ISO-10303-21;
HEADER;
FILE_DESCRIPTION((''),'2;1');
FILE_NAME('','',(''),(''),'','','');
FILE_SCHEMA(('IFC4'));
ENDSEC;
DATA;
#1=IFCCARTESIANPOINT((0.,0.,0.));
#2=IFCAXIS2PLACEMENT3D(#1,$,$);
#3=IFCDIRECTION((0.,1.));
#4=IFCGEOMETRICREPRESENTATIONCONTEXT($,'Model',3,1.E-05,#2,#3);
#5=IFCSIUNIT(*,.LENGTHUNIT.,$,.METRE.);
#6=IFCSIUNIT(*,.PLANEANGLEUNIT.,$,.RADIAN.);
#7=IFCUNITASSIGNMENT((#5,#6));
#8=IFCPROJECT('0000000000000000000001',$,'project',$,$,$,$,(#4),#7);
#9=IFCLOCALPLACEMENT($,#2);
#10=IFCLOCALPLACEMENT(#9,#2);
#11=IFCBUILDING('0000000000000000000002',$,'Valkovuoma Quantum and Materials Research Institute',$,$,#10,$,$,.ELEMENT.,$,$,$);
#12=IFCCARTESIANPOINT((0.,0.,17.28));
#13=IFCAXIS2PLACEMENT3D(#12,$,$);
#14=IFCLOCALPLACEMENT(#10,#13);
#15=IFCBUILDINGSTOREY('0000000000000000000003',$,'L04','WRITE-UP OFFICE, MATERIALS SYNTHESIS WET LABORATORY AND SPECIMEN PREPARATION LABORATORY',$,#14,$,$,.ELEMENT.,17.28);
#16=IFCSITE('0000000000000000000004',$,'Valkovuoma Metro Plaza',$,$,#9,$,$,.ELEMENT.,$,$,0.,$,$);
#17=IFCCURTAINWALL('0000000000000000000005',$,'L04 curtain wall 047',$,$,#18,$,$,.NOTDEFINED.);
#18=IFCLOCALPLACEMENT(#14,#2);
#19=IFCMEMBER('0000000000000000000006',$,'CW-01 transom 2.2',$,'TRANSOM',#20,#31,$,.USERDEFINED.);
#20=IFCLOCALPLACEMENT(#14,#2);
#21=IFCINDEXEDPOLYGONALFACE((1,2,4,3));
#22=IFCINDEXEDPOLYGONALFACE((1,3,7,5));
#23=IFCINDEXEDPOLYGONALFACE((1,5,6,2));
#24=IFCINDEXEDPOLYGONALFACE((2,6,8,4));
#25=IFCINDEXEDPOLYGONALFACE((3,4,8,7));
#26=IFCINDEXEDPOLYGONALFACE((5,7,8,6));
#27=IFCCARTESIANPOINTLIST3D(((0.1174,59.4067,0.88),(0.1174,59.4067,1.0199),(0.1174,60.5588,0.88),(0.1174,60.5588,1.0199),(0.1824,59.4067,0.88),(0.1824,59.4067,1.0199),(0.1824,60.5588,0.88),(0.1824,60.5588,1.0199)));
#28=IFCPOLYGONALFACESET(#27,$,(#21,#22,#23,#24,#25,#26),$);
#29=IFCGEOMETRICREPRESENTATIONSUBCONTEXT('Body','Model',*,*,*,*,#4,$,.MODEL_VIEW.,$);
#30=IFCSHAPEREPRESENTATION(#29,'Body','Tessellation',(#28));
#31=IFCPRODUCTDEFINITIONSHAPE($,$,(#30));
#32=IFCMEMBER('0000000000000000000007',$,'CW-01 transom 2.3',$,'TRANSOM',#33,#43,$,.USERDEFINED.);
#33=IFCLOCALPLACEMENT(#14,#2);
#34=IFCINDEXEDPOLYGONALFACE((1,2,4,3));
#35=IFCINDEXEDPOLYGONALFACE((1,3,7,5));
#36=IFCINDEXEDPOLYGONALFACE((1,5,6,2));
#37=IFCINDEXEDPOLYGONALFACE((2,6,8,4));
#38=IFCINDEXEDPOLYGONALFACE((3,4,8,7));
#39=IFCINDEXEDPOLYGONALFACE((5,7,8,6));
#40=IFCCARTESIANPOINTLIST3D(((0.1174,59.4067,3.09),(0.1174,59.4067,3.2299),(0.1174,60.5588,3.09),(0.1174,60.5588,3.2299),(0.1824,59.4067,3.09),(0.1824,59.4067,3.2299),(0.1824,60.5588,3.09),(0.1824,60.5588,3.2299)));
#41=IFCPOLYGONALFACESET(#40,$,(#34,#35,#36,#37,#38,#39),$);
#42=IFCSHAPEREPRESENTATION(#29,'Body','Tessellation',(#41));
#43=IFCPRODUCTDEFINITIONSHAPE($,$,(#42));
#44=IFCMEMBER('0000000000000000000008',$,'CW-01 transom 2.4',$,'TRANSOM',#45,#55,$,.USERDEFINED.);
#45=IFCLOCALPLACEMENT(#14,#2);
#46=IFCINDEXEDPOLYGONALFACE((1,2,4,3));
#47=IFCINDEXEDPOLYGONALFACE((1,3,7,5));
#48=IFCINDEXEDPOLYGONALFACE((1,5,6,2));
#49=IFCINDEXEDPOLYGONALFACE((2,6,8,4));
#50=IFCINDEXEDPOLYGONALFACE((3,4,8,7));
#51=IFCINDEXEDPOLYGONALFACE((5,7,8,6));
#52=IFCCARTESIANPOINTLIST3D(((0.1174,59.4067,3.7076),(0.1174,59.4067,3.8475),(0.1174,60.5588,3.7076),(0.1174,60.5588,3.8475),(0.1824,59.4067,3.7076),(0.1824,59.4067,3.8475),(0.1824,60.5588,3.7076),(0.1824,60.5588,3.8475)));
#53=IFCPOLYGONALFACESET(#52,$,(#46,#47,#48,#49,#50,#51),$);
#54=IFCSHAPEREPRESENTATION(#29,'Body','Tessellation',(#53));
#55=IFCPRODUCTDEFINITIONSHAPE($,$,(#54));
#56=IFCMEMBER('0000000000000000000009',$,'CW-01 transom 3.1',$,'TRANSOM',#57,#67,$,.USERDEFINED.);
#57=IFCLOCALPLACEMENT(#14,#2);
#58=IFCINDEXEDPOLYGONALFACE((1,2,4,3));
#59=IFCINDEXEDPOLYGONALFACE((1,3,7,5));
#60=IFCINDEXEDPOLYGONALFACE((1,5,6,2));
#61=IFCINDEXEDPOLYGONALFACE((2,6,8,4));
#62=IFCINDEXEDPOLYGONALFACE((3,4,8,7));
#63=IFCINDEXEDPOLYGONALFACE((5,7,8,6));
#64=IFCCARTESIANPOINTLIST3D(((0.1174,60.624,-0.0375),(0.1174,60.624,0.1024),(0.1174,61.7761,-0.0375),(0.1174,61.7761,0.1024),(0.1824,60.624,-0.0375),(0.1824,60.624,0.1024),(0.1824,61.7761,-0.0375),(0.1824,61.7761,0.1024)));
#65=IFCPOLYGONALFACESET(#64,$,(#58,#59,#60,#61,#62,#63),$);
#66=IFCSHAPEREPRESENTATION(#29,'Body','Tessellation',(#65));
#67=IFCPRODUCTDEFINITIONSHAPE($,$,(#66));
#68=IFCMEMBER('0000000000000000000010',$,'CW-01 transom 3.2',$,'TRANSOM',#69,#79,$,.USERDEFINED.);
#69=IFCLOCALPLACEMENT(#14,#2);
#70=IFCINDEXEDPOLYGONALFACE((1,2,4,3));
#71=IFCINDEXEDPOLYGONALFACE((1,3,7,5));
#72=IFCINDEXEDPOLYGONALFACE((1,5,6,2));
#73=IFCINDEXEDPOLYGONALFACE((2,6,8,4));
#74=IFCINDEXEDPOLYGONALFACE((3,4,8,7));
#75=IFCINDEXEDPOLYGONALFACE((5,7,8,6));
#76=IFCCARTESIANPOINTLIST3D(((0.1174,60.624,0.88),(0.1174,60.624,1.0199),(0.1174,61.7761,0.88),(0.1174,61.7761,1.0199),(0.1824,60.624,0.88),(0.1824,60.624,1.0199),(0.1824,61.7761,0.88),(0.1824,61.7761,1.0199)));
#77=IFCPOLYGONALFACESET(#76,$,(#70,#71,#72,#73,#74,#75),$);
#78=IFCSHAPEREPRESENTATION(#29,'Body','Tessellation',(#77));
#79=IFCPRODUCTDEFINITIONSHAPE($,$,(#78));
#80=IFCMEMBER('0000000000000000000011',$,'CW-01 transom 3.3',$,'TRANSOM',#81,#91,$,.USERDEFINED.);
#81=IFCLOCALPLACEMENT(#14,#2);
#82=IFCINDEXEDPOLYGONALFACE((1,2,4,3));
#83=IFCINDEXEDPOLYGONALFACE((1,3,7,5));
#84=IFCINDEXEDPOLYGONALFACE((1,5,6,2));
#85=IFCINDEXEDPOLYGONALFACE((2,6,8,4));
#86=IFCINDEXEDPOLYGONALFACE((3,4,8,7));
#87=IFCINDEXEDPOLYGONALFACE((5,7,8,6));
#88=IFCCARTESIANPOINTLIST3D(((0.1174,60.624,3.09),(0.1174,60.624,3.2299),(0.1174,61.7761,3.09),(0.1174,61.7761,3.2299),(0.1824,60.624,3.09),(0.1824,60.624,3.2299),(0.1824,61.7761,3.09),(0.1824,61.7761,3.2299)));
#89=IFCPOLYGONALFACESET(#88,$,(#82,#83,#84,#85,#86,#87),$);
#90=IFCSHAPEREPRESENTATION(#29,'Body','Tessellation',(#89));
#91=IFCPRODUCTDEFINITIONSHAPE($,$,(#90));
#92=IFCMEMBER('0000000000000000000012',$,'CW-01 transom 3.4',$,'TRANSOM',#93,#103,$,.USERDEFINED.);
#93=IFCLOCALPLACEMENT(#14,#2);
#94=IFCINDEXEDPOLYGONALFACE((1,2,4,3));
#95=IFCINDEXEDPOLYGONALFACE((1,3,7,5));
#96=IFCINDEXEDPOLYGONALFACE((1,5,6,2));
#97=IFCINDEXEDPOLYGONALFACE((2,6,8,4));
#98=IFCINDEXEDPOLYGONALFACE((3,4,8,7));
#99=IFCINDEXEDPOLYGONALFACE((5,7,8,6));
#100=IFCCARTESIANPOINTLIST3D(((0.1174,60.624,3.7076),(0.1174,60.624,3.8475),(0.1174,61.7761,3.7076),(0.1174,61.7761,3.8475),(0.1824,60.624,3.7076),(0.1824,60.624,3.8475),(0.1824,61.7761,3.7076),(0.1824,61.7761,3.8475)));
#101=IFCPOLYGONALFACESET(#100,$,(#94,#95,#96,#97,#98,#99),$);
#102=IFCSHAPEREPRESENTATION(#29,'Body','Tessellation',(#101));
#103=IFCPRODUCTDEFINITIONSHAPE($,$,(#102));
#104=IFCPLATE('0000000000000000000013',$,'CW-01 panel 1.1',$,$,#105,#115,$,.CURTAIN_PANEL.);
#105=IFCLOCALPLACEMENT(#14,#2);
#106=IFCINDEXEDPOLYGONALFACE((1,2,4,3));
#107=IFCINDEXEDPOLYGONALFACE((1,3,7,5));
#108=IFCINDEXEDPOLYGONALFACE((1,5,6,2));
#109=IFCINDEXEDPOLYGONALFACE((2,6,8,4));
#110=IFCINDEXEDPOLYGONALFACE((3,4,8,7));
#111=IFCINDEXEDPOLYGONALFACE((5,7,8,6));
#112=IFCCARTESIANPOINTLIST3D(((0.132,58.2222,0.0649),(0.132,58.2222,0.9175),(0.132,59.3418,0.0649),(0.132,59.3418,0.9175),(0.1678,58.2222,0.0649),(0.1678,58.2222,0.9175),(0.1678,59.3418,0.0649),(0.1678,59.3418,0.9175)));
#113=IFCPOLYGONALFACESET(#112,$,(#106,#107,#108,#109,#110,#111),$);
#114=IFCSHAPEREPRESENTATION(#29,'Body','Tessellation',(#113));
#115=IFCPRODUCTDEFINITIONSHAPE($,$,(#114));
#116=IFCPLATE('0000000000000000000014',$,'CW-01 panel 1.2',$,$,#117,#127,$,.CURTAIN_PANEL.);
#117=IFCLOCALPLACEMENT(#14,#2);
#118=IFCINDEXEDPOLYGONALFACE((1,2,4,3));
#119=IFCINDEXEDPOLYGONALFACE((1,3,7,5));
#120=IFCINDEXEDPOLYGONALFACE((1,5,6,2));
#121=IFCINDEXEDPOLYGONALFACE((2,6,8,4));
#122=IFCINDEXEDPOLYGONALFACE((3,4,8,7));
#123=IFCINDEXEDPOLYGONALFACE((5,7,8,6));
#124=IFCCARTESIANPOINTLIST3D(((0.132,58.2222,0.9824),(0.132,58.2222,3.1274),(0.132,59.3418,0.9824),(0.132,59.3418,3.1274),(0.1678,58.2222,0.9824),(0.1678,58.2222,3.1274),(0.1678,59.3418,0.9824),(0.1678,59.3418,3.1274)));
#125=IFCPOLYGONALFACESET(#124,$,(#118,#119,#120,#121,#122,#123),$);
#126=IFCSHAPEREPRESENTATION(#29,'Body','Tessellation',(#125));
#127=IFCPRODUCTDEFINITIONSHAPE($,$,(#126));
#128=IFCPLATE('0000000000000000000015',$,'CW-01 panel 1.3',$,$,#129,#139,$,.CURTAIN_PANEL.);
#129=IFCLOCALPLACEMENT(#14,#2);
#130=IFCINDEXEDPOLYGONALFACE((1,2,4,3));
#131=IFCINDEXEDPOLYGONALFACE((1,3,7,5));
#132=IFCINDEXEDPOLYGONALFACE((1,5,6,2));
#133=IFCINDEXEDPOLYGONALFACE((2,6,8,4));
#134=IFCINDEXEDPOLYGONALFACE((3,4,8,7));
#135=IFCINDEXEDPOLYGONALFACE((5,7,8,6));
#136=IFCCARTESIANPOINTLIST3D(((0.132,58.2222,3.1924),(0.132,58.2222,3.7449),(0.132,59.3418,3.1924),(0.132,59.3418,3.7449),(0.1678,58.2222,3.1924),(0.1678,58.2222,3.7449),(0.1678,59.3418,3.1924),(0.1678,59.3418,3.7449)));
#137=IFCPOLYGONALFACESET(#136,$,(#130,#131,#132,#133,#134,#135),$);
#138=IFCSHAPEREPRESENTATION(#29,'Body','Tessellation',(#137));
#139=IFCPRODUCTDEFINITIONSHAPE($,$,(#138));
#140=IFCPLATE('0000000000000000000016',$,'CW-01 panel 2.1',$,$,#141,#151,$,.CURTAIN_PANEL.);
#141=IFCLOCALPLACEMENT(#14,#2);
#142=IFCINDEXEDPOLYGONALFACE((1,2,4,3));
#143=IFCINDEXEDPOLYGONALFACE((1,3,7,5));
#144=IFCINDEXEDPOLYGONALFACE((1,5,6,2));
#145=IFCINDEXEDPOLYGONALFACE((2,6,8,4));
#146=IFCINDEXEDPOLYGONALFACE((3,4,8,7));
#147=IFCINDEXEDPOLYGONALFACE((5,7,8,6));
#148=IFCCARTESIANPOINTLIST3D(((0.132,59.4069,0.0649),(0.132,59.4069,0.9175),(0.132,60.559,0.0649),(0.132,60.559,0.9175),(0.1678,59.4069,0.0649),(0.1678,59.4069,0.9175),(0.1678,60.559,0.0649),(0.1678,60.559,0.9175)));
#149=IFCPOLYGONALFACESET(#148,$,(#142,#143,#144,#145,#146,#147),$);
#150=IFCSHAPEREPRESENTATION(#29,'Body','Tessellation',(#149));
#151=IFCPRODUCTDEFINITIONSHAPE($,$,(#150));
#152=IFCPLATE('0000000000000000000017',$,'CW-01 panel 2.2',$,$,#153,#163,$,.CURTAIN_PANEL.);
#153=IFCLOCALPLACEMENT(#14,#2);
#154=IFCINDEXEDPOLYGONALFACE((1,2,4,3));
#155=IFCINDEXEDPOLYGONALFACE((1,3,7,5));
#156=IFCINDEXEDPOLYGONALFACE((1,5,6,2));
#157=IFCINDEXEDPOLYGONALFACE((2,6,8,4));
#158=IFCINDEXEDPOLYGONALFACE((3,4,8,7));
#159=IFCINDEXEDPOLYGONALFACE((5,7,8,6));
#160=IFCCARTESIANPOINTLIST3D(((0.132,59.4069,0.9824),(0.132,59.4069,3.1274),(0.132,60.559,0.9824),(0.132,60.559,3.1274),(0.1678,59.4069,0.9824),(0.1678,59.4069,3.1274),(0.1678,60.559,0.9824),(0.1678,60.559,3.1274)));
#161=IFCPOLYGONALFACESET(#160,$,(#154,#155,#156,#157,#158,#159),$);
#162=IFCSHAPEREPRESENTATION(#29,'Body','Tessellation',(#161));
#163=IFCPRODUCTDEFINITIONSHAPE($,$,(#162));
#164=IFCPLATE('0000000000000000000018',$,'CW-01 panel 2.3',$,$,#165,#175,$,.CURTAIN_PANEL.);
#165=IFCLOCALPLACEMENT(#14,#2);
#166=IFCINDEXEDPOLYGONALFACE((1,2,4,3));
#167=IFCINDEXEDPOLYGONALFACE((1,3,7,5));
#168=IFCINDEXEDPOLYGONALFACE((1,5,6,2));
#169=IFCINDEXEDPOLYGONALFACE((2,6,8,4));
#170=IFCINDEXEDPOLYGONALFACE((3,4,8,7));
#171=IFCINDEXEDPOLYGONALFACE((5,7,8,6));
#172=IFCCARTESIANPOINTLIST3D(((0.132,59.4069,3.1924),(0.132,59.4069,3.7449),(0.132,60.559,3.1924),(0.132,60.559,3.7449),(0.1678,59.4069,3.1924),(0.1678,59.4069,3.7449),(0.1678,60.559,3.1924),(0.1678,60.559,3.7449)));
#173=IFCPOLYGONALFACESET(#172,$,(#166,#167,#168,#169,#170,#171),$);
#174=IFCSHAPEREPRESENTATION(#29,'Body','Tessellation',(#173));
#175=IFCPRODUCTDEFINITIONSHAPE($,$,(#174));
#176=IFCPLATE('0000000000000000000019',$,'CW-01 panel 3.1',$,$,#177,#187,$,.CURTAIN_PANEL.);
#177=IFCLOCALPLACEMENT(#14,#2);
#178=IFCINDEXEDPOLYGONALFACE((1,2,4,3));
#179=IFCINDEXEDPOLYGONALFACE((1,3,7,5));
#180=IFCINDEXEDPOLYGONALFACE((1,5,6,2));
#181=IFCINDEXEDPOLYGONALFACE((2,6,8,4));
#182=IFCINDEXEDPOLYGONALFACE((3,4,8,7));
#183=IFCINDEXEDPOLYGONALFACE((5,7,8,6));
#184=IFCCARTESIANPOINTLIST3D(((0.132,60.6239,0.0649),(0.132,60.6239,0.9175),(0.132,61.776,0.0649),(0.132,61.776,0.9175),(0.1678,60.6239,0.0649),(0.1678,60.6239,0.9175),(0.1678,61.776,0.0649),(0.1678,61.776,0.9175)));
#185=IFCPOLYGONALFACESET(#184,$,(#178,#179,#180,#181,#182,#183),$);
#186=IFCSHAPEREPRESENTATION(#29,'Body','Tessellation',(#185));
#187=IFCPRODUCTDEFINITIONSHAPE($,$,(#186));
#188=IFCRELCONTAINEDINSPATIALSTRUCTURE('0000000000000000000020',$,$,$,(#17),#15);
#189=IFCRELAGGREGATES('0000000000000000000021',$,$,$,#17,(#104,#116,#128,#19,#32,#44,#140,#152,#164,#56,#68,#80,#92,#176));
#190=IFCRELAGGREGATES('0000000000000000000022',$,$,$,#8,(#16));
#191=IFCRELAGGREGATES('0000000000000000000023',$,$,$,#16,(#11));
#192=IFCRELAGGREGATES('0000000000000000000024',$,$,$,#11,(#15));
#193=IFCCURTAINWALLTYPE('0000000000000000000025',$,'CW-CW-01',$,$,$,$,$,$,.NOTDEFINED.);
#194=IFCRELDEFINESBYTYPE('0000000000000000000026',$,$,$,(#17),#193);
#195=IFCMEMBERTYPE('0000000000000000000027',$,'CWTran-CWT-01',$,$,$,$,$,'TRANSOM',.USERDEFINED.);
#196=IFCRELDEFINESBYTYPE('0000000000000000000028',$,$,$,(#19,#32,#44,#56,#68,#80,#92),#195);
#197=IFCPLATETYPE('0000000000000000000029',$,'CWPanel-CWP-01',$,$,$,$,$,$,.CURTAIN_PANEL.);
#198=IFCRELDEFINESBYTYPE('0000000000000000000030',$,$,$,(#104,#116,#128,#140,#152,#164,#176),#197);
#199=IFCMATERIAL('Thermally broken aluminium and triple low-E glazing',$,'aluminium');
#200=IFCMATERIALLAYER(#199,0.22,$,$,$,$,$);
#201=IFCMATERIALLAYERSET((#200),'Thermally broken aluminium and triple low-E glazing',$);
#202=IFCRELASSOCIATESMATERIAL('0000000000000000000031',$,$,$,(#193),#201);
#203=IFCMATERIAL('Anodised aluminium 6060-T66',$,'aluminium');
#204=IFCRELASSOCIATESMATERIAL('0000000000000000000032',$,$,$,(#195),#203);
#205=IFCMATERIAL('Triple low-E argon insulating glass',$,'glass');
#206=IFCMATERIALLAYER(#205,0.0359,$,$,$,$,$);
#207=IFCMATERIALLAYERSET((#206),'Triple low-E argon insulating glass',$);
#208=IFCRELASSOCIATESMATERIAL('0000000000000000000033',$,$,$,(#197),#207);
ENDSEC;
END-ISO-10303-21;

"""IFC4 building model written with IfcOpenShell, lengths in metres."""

from ifc_helpers import new_model, si_unit, direction, frame, origin, origin_2d, place, context, subcontext, project, spatial, rectangle, extrude, material, layer, layer_set, material_profile, profile_set, type_object, element, aggregate, save


model = new_model("IFC4")

# Units and contexts
model_context = context("Model", 3, precision=1e-05, world=origin(), true_north=direction((0.0, 1.0)))
body_context = subcontext(model_context, "Body", "Model", "MODEL_VIEW")
ifc_project = project(units=[si_unit("LENGTHUNIT", "METRE"), si_unit("PLANEANGLEUNIT", "RADIAN")], contexts=[model_context])

# Site, building, storey
site_placement = place(None, origin())
site = spatial("IfcSite", under=ifc_project, at=site_placement, Name="Valkovuoma Metro Plaza", CompositionType="ELEMENT", RefElevation=0.0)
building_placement = place(site_placement, origin())
building = spatial("IfcBuilding", under=site, at=building_placement, Name="Valkovuoma Quantum and Materials Research Institute", CompositionType="ELEMENT")
storey_placement = place(building_placement, frame((0.0, 0.0, 17.28)))
storey = spatial("IfcBuildingStorey", under=building, at=storey_placement, Name="L04", Description="WRITE-UP OFFICE, MATERIALS SYNTHESIS WET LABORATORY AND SPECIMEN PREPARATION LABORATORY", CompositionType="ELEMENT", Elevation=17.28)

# Curtain wall, members, plates
ifc_material_1 = material(Name="Thermally broken aluminium and triple low-E glazing", Category="aluminium")
ifc_layer_1 = layer(ifc_material_1, 0.22)
ifc_layer_set_1 = layer_set([ifc_layer_1], Name="Thermally broken aluminium and triple low-E glazing")
curtain_wall_type = type_object("IfcCurtainWallType", Name="CW-CW-01", PredefinedType="NOTDEFINED", material=ifc_layer_set_1)
curtain_wall_placement = place(storey_placement, origin())
curtain_wall = element("IfcCurtainWall", 1, at=curtain_wall_placement, inside=storey, type_object=curtain_wall_type, Name="L04 curtain wall 047", PredefinedType="NOTDEFINED")
ifc_material_2 = material(Name="Anodised aluminium 6060-T66", Category="aluminium")
ifc_material_profile_1 = material_profile(ifc_material_2, rectangle(XDim=0.0649, YDim=0.1399, at=origin_2d()), Name="Anodised aluminium 6060-T66")
ifc_profile_set_1 = profile_set([ifc_material_profile_1], Name="Anodised aluminium 6060-T66")
member_type_1 = type_object("IfcMemberType", Name="CWTran-CWT-01", ElementType="TRANSOM", PredefinedType="USERDEFINED", material=ifc_profile_set_1)
member_1_placement = place(storey_placement, frame((0.1499, 59.4067, 0.95), z_axis=(0.0, 1.0, 0.0), x_axis=(-1.0, 0.0, 0.0)))
member_1 = element("IfcMember", 2, at=member_1_placement, type_object=member_type_1, Name="CW-01 transom 2.2", ObjectType="TRANSOM", PredefinedType="USERDEFINED", context=body_context, shape_type="SweptSolid", body=[
    extrude(rectangle(XDim=0.0649, YDim=0.1399, at=origin_2d()), origin(), (0.0, 0.0, 1.0), 1.1521),
])
member_2_placement = place(storey_placement, frame((0.1499, 59.4067, 3.1599), z_axis=(0.0, 1.0, 0.0), x_axis=(-1.0, 0.0, 0.0)))
member_2 = element("IfcMember", 3, at=member_2_placement, type_object=member_type_1, Name="CW-01 transom 2.3", ObjectType="TRANSOM", PredefinedType="USERDEFINED", context=body_context, shape_type="SweptSolid", body=[
    extrude(rectangle(XDim=0.0649, YDim=0.1399, at=origin_2d()), origin(), (0.0, 0.0, 1.0), 1.1521),
])
member_3_placement = place(storey_placement, frame((0.1499, 59.4067, 3.7776), z_axis=(0.0, 1.0, 0.0), x_axis=(-1.0, 0.0, 0.0)))
member_3 = element("IfcMember", 4, at=member_3_placement, type_object=member_type_1, Name="CW-01 transom 2.4", ObjectType="TRANSOM", PredefinedType="USERDEFINED", context=body_context, shape_type="SweptSolid", body=[
    extrude(rectangle(XDim=0.0649, YDim=0.1399, at=origin_2d()), origin(), (0.0, 0.0, 1.0), 1.1521),
])
member_4_placement = place(storey_placement, frame((0.1499, 60.624, 0.0325), z_axis=(0.0, 1.0, 0.0), x_axis=(-1.0, 0.0, 0.0)))
member_4 = element("IfcMember", 5, at=member_4_placement, type_object=member_type_1, Name="CW-01 transom 3.1", ObjectType="TRANSOM", PredefinedType="USERDEFINED", context=body_context, shape_type="SweptSolid", body=[
    extrude(rectangle(XDim=0.0649, YDim=0.1399, at=origin_2d()), origin(), (0.0, 0.0, 1.0), 1.1521),
])
member_5_placement = place(storey_placement, frame((0.1499, 60.624, 0.95), z_axis=(0.0, 1.0, 0.0), x_axis=(-1.0, 0.0, 0.0)))
member_5 = element("IfcMember", 6, at=member_5_placement, type_object=member_type_1, Name="CW-01 transom 3.2", ObjectType="TRANSOM", PredefinedType="USERDEFINED", context=body_context, shape_type="SweptSolid", body=[
    extrude(rectangle(XDim=0.0649, YDim=0.1399, at=origin_2d()), origin(), (0.0, 0.0, 1.0), 1.1521),
])
member_6_placement = place(storey_placement, frame((0.1499, 60.624, 3.1599), z_axis=(0.0, 1.0, 0.0), x_axis=(-1.0, 0.0, 0.0)))
member_6 = element("IfcMember", 7, at=member_6_placement, type_object=member_type_1, Name="CW-01 transom 3.3", ObjectType="TRANSOM", PredefinedType="USERDEFINED", context=body_context, shape_type="SweptSolid", body=[
    extrude(rectangle(XDim=0.0649, YDim=0.1399, at=origin_2d()), origin(), (0.0, 0.0, 1.0), 1.1521),
])
member_7_placement = place(storey_placement, frame((0.1499, 60.624, 3.7776), z_axis=(0.0, 1.0, 0.0), x_axis=(-1.0, 0.0, 0.0)))
member_7 = element("IfcMember", 8, at=member_7_placement, type_object=member_type_1, Name="CW-01 transom 3.4", ObjectType="TRANSOM", PredefinedType="USERDEFINED", context=body_context, shape_type="SweptSolid", body=[
    extrude(rectangle(XDim=0.0649, YDim=0.1399, at=origin_2d()), origin(), (0.0, 0.0, 1.0), 1.1521),
])
ifc_material_3 = material(Name="Triple low-E argon insulating glass", Category="glass")
ifc_layer_2 = layer(ifc_material_3, 0.0359)
ifc_layer_set_2 = layer_set([ifc_layer_2], Name="Triple low-E argon insulating glass")
plate_type = type_object("IfcPlateType", Name="CWPanel-CWP-01", PredefinedType="CURTAIN_PANEL", material=ifc_layer_set_2)
plate_1_placement = place(storey_placement, frame((0.1499, 58.782, 0.0649), z_axis=(0.0, 0.0, 1.0), x_axis=(0.0, 1.0, 0.0)))
plate_1 = element("IfcPlate", 9, at=plate_1_placement, type_object=plate_type, Name="CW-01 panel 1.1", PredefinedType="CURTAIN_PANEL", context=body_context, shape_type="SweptSolid", body=[
    extrude(rectangle(XDim=1.1196, YDim=0.0359, at=origin_2d()), origin(), (0.0, 0.0, 1.0), 0.8525),
])
plate_2_placement = place(storey_placement, frame((0.1499, 58.782, 0.9824), z_axis=(0.0, 0.0, 1.0), x_axis=(0.0, 1.0, 0.0)))
plate_2 = element("IfcPlate", 10, at=plate_2_placement, type_object=plate_type, Name="CW-01 panel 1.2", PredefinedType="CURTAIN_PANEL", context=body_context, shape_type="SweptSolid", body=[
    extrude(rectangle(XDim=1.1196, YDim=0.0359, at=origin_2d()), origin(), (0.0, 0.0, 1.0), 2.145),
])
plate_3_placement = place(storey_placement, frame((0.1499, 58.782, 3.1924), z_axis=(0.0, 0.0, 1.0), x_axis=(0.0, 1.0, 0.0)))
plate_3 = element("IfcPlate", 11, at=plate_3_placement, type_object=plate_type, Name="CW-01 panel 1.3", PredefinedType="CURTAIN_PANEL", context=body_context, shape_type="SweptSolid", body=[
    extrude(rectangle(XDim=1.1196, YDim=0.0359, at=origin_2d()), origin(), (0.0, 0.0, 1.0), 0.5525),
])
plate_4_placement = place(storey_placement, frame((0.1499, 59.9829, 0.0649), z_axis=(0.0, 0.0, 1.0), x_axis=(0.0, 1.0, 0.0)))
plate_4 = element("IfcPlate", 12, at=plate_4_placement, type_object=plate_type, Name="CW-01 panel 2.1", PredefinedType="CURTAIN_PANEL", context=body_context, shape_type="SweptSolid", body=[
    extrude(rectangle(XDim=1.1521, YDim=0.0359, at=origin_2d()), origin(), (0.0, 0.0, 1.0), 0.8525),
])
plate_5_placement = place(storey_placement, frame((0.1499, 59.9829, 0.9824), z_axis=(0.0, 0.0, 1.0), x_axis=(0.0, 1.0, 0.0)))
plate_5 = element("IfcPlate", 13, at=plate_5_placement, type_object=plate_type, Name="CW-01 panel 2.2", PredefinedType="CURTAIN_PANEL", context=body_context, shape_type="SweptSolid", body=[
    extrude(rectangle(XDim=1.1521, YDim=0.0359, at=origin_2d()), origin(), (0.0, 0.0, 1.0), 2.145),
])
plate_6_placement = place(storey_placement, frame((0.1499, 59.9829, 3.1924), z_axis=(0.0, 0.0, 1.0), x_axis=(0.0, 1.0, 0.0)))
plate_6 = element("IfcPlate", 14, at=plate_6_placement, type_object=plate_type, Name="CW-01 panel 2.3", PredefinedType="CURTAIN_PANEL", context=body_context, shape_type="SweptSolid", body=[
    extrude(rectangle(XDim=1.1521, YDim=0.0359, at=origin_2d()), origin(), (0.0, 0.0, 1.0), 0.5525),
])
plate_7_placement = place(storey_placement, frame((0.1499, 61.2, 0.0649), z_axis=(0.0, 0.0, 1.0), x_axis=(0.0, 1.0, 0.0)))
plate_7 = element("IfcPlate", 15, at=plate_7_placement, type_object=plate_type, Name="CW-01 panel 3.1", PredefinedType="CURTAIN_PANEL", context=body_context, shape_type="SweptSolid", body=[
    extrude(rectangle(XDim=1.1521, YDim=0.0359, at=origin_2d()), origin(), (0.0, 0.0, 1.0), 0.8525),
])
aggregate(curtain_wall, [plate_1, plate_2, plate_3, member_1, member_2, member_3, plate_4, plate_5, plate_6, member_4, member_5, member_6, member_7, plate_7])

save(model, "model.ifc")
